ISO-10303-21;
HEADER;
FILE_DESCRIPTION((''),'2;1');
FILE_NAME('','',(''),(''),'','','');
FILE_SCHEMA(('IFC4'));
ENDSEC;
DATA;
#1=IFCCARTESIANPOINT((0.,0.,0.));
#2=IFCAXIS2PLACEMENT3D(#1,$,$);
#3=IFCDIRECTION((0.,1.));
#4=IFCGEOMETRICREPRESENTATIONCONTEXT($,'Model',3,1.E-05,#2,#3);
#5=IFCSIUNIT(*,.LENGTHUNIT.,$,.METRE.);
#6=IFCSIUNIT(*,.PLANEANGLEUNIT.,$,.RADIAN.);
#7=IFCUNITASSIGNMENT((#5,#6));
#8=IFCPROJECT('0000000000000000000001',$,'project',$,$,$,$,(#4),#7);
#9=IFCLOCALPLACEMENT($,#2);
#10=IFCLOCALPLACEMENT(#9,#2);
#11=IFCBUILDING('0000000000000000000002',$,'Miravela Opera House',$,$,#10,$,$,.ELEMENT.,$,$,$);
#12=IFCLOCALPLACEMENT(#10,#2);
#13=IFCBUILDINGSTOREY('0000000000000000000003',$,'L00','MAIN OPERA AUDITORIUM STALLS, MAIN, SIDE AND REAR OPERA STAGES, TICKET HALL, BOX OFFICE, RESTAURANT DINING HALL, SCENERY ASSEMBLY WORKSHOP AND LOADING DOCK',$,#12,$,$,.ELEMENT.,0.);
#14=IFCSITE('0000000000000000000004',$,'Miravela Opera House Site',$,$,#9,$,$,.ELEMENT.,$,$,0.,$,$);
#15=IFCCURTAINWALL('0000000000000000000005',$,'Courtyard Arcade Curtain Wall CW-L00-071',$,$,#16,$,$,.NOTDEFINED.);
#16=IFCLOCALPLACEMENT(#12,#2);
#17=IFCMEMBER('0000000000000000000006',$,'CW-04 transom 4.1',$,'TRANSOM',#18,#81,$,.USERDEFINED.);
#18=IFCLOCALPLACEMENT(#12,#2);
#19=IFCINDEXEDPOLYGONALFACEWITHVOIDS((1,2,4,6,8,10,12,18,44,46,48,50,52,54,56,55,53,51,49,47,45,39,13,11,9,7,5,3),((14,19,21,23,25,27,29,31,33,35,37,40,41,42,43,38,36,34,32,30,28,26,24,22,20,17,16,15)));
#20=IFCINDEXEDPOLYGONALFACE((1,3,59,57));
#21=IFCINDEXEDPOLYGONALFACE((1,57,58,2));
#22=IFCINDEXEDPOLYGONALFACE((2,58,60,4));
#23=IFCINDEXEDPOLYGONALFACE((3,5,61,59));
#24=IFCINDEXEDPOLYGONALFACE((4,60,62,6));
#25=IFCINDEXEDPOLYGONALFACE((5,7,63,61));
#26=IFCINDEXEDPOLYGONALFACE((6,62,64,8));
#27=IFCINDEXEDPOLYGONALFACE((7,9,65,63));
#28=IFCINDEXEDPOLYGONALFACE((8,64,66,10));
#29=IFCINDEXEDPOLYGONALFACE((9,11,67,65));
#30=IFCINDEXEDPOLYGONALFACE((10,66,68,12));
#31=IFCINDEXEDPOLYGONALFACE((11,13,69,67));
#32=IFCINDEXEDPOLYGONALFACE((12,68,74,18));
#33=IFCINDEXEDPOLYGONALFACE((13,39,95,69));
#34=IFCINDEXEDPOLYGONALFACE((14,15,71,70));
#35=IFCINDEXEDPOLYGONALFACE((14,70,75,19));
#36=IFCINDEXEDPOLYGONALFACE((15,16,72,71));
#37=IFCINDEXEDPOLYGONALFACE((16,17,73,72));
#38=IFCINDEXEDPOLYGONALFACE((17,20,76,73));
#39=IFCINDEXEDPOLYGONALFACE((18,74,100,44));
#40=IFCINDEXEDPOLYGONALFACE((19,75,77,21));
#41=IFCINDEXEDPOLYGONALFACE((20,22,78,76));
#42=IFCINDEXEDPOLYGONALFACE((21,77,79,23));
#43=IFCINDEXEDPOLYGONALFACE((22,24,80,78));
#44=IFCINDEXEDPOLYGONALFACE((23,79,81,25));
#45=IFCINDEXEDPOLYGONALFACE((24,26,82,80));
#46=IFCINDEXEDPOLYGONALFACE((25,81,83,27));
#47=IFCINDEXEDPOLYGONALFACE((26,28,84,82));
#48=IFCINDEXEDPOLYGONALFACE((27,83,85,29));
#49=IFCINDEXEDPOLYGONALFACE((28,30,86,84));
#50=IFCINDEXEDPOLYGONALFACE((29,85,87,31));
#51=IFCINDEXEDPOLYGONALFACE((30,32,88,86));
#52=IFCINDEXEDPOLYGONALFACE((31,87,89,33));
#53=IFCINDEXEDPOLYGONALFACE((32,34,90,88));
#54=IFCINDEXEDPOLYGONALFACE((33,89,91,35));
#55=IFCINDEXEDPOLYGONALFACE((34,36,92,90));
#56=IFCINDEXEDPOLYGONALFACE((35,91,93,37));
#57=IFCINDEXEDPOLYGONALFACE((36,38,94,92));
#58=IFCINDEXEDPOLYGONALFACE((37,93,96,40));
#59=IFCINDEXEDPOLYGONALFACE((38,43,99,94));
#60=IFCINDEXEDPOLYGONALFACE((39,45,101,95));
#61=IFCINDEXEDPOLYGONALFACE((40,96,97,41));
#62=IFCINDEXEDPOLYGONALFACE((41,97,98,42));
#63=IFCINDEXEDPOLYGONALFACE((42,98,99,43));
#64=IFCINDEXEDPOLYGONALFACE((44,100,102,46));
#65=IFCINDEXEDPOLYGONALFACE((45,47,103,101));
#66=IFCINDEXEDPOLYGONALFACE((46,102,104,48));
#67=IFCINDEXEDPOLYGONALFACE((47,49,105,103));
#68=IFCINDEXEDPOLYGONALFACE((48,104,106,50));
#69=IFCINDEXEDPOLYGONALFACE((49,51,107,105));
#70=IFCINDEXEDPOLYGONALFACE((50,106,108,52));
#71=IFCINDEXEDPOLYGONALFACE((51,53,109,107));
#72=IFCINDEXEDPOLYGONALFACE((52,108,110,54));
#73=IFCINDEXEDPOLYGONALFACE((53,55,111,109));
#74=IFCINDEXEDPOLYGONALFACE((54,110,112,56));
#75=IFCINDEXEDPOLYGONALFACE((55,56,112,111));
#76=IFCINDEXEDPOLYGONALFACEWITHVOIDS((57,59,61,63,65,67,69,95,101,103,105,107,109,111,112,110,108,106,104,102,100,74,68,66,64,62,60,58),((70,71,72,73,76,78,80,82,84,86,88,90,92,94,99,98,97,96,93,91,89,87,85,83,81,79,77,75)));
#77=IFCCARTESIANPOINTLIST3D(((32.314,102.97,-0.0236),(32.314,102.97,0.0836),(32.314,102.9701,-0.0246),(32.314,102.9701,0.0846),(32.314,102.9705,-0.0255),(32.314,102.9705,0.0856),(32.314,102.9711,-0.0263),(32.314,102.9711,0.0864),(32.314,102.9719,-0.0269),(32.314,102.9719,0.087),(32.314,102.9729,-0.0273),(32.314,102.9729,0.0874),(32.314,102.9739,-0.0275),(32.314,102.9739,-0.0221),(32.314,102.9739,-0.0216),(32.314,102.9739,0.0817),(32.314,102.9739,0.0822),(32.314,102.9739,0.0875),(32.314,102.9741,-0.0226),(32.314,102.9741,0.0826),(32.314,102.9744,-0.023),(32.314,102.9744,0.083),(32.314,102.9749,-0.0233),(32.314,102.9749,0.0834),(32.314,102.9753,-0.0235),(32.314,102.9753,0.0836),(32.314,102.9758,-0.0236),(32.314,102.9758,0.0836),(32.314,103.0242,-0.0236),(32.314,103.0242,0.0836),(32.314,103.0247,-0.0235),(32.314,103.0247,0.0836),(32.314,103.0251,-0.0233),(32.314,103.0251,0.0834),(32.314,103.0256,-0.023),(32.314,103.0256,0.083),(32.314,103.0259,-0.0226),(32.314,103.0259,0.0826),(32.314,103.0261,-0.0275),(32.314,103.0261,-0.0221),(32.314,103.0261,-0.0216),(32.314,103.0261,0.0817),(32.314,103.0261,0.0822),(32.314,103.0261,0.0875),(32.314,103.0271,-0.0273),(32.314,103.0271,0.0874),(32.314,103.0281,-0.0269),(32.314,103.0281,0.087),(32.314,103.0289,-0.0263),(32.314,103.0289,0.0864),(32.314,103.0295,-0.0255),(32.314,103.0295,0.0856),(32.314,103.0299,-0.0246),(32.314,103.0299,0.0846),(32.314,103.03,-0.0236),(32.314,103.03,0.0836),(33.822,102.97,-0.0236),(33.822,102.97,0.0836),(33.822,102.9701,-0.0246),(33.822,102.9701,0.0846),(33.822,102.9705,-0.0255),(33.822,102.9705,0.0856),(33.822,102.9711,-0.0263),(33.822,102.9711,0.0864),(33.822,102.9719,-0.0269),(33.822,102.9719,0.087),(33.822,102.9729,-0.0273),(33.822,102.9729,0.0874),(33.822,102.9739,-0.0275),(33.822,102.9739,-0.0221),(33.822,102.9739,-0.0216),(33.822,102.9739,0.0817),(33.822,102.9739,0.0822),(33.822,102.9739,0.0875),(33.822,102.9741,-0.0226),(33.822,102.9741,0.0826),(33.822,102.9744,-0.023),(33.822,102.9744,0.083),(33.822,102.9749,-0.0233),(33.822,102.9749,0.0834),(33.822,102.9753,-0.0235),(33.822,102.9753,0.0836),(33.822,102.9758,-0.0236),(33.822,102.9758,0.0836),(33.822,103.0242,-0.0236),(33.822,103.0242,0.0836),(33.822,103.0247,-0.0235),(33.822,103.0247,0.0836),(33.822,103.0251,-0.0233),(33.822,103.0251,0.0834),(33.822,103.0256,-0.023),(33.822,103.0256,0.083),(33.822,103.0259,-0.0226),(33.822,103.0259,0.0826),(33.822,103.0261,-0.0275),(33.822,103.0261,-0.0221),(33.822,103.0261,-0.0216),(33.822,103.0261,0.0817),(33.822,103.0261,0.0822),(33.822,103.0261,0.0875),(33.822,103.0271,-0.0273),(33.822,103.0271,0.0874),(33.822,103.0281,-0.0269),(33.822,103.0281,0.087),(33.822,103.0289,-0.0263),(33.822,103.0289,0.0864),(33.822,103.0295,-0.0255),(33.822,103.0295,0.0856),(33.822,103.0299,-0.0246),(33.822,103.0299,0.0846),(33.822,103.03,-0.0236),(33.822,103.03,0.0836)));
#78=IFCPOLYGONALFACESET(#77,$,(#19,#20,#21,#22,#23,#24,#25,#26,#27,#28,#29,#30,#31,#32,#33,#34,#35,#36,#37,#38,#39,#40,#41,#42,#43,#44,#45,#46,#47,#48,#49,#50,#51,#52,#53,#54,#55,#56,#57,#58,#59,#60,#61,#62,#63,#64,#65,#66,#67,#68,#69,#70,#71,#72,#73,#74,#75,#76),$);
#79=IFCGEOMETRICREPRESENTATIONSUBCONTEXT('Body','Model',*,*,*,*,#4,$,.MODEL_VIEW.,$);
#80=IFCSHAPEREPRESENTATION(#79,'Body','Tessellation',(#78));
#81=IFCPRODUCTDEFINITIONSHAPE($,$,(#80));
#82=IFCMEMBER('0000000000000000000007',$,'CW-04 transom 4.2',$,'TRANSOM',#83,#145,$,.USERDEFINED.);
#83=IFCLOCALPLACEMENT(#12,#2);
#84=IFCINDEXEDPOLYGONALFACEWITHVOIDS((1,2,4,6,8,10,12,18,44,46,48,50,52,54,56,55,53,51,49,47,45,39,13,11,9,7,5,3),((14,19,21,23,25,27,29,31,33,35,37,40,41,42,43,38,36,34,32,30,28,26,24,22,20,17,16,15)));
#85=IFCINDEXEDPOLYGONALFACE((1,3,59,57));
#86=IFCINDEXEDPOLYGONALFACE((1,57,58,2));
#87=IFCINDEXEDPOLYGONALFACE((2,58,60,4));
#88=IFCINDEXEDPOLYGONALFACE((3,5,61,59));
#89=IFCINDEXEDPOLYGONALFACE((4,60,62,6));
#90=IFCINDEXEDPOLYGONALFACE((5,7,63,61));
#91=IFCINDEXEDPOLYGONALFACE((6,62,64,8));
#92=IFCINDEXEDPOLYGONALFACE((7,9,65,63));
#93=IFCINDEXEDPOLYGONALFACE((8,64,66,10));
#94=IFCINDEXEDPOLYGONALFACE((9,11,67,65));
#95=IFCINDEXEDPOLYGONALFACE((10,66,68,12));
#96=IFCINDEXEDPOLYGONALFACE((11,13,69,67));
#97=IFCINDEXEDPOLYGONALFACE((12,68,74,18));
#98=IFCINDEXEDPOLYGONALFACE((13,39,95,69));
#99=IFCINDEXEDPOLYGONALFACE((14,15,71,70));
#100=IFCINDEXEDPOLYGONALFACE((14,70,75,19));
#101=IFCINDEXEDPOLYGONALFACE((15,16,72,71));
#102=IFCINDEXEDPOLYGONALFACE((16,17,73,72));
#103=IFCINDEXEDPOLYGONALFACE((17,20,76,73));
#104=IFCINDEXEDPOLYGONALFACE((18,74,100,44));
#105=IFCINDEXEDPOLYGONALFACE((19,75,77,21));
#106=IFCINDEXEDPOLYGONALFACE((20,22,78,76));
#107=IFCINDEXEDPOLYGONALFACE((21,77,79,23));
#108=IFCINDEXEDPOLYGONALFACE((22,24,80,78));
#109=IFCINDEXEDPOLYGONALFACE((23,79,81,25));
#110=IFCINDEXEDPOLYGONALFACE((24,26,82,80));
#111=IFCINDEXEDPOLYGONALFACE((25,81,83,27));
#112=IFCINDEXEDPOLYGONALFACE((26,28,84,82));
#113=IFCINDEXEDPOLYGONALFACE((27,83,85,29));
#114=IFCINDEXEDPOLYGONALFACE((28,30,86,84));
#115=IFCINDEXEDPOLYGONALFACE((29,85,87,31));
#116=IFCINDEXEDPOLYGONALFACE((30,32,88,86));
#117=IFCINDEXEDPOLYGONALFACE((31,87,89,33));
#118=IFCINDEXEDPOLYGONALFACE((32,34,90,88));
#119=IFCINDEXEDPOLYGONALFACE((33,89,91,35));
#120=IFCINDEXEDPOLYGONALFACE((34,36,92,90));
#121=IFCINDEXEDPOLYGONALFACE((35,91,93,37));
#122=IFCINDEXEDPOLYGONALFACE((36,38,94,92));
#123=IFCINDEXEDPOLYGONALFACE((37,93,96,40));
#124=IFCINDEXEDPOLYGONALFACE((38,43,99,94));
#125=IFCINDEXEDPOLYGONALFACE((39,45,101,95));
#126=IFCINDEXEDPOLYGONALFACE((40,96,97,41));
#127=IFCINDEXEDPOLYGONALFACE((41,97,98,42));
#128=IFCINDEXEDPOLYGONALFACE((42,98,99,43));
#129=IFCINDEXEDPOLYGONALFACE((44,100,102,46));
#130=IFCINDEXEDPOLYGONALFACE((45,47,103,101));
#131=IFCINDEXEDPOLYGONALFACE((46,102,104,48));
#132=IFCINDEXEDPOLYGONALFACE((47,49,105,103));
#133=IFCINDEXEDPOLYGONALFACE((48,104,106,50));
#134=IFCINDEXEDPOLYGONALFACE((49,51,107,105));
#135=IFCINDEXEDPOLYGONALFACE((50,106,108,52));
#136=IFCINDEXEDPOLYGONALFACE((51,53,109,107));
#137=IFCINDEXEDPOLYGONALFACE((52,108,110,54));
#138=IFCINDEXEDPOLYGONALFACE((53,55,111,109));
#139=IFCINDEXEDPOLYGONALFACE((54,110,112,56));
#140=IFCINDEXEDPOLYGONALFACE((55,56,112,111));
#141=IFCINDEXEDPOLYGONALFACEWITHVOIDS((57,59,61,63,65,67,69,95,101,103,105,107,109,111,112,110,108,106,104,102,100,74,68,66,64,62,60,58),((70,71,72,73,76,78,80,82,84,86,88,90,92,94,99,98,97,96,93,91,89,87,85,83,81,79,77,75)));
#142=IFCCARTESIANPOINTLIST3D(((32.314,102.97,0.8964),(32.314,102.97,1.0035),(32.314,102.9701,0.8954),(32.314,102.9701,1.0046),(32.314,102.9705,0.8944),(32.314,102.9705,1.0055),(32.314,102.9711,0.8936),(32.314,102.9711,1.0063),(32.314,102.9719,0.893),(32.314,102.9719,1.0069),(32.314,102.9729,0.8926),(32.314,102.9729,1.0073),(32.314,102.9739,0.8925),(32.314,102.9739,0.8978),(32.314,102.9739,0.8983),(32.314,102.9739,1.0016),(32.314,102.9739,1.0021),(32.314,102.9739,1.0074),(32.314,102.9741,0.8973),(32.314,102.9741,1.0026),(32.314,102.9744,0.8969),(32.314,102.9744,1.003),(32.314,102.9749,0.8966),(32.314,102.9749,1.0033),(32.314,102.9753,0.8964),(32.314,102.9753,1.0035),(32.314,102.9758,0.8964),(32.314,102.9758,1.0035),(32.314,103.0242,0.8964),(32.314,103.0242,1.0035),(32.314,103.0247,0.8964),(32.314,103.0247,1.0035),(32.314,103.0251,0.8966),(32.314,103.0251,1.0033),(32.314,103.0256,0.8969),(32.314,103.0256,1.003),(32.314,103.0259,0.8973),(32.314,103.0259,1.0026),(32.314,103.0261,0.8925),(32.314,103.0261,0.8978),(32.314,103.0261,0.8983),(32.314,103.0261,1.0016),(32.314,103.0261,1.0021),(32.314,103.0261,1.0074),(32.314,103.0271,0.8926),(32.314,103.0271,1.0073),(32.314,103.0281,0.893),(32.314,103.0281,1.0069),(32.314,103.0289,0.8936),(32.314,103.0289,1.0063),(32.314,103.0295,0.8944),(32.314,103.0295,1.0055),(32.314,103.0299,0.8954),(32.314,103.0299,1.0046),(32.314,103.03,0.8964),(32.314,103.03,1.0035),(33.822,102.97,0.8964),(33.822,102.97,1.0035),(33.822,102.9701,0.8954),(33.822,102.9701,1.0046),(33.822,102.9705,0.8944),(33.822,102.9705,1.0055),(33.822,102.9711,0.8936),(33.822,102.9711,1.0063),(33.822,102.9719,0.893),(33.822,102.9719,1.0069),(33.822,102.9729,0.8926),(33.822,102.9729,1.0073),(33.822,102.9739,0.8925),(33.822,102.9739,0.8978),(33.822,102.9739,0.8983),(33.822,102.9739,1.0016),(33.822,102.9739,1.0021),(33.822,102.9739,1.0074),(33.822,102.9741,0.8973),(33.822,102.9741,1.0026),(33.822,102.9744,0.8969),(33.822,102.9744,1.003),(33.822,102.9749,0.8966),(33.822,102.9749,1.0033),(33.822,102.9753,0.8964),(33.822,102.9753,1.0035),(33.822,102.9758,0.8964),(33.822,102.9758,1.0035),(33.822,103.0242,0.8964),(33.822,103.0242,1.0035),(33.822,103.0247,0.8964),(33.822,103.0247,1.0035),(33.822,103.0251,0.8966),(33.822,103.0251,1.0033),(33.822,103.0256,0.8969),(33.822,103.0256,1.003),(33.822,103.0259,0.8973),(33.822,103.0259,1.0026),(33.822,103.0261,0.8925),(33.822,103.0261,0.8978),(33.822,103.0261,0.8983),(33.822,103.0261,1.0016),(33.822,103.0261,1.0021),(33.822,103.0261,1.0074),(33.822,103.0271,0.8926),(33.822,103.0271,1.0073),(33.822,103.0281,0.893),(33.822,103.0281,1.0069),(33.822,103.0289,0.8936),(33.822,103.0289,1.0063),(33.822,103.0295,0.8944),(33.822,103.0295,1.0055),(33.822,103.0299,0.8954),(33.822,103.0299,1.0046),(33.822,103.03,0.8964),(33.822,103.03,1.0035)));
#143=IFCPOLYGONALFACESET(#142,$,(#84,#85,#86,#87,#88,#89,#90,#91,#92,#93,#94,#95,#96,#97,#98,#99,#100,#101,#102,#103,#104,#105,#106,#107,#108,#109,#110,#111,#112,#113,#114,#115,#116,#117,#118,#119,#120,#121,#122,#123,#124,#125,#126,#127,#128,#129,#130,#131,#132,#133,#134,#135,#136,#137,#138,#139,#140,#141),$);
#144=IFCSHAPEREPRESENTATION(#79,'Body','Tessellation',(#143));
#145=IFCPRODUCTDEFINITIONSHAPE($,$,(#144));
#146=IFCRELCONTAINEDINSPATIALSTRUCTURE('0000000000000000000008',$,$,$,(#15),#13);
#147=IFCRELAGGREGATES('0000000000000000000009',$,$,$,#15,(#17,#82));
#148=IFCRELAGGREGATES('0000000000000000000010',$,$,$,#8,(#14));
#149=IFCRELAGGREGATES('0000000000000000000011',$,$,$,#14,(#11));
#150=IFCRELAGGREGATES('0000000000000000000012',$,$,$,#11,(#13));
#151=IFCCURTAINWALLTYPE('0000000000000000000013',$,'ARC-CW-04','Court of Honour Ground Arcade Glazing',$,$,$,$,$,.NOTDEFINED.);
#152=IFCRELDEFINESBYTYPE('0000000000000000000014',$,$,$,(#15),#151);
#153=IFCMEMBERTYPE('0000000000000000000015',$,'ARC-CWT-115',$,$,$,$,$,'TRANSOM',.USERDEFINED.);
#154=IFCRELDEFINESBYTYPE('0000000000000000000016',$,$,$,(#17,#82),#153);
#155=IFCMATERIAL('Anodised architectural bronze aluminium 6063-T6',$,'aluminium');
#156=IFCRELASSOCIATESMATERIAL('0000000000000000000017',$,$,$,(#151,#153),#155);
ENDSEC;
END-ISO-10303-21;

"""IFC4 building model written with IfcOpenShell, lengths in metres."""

from ifc_helpers import new_model, si_unit, direction, frame, origin, origin_2d, place, context, subcontext, project, spatial, hollow_rectangle, extrude, material, material_profile, profile_set, type_object, element, aggregate, save


model = new_model("IFC4")

# Units and contexts
model_context = context("Model", 3, precision=1e-05, world=origin(), true_north=direction((0.0, 1.0)))
body_context = subcontext(model_context, "Body", "Model", "MODEL_VIEW")
ifc_project = project(units=[si_unit("LENGTHUNIT", "METRE"), si_unit("PLANEANGLEUNIT", "RADIAN")], contexts=[model_context])

# Site, building, storey
site_placement = place(None, origin())
site = spatial("IfcSite", under=ifc_project, at=site_placement, Name="Miravela Opera House Site", CompositionType="ELEMENT", RefElevation=0.0)
building_placement = place(site_placement, origin())
building = spatial("IfcBuilding", under=site, at=building_placement, Name="Miravela Opera House", CompositionType="ELEMENT")
storey_placement = place(building_placement, origin())
storey = spatial("IfcBuildingStorey", under=building, at=storey_placement, Name="L00", Description="MAIN OPERA AUDITORIUM STALLS, MAIN, SIDE AND REAR OPERA STAGES, TICKET HALL, BOX OFFICE, RESTAURANT DINING HALL, SCENERY ASSEMBLY WORKSHOP AND LOADING DOCK", CompositionType="ELEMENT", Elevation=0.0)

# Curtain wall, members
ifc_material_1 = material(Name="Anodised architectural bronze aluminium 6063-T6", Category="aluminium")
curtain_wall_type = type_object("IfcCurtainWallType", Name="ARC-CW-04", Description="Court of Honour Ground Arcade Glazing", PredefinedType="NOTDEFINED", material=ifc_material_1)
curtain_wall_placement = place(storey_placement, origin())
curtain_wall = element("IfcCurtainWall", 1, at=curtain_wall_placement, inside=storey, type_object=curtain_wall_type, Name="Courtyard Arcade Curtain Wall CW-L00-071", PredefinedType="NOTDEFINED")
ifc_material_profile_1 = material_profile(ifc_material_1, hollow_rectangle(XDim=0.0601, YDim=0.115, WallThickness=0.0039, InnerFilletRadius=0.002, OuterFilletRadius=0.0039, at=origin_2d()), Name="CWT-60X115")
ifc_profile_set_1 = profile_set([ifc_material_profile_1])
member_type_1 = type_object("IfcMemberType", Name="ARC-CWT-115", ElementType="TRANSOM", PredefinedType="USERDEFINED", material=ifc_profile_set_1)
member_1_placement = place(storey_placement, frame((32.314, 103.0, 0.03), z_axis=(1.0, 0.0, 0.0), x_axis=(0.0, 1.0, 0.0)))
member_1 = element("IfcMember", 2, at=member_1_placement, type_object=member_type_1, Name="CW-04 transom 4.1", ObjectType="TRANSOM", PredefinedType="USERDEFINED", context=body_context, shape_type="SweptSolid", body=[
    extrude(hollow_rectangle(XDim=0.0601, YDim=0.115, WallThickness=0.0039, InnerFilletRadius=0.002, OuterFilletRadius=0.0039, at=origin_2d()), origin(), (0.0, 0.0, 1.0), 1.5081),
])
member_2_placement = place(storey_placement, frame((32.314, 103.0, 0.95), z_axis=(1.0, 0.0, 0.0), x_axis=(0.0, 1.0, 0.0)))
member_2 = element("IfcMember", 3, at=member_2_placement, type_object=member_type_1, Name="CW-04 transom 4.2", ObjectType="TRANSOM", PredefinedType="USERDEFINED", context=body_context, shape_type="SweptSolid", body=[
    extrude(hollow_rectangle(XDim=0.0601, YDim=0.115, WallThickness=0.0039, InnerFilletRadius=0.002, OuterFilletRadius=0.0039, at=origin_2d()), origin(), (0.0, 0.0, 1.0), 1.5081),
])

aggregate(curtain_wall, [member_1, member_2])

save(model, "model.ifc")
